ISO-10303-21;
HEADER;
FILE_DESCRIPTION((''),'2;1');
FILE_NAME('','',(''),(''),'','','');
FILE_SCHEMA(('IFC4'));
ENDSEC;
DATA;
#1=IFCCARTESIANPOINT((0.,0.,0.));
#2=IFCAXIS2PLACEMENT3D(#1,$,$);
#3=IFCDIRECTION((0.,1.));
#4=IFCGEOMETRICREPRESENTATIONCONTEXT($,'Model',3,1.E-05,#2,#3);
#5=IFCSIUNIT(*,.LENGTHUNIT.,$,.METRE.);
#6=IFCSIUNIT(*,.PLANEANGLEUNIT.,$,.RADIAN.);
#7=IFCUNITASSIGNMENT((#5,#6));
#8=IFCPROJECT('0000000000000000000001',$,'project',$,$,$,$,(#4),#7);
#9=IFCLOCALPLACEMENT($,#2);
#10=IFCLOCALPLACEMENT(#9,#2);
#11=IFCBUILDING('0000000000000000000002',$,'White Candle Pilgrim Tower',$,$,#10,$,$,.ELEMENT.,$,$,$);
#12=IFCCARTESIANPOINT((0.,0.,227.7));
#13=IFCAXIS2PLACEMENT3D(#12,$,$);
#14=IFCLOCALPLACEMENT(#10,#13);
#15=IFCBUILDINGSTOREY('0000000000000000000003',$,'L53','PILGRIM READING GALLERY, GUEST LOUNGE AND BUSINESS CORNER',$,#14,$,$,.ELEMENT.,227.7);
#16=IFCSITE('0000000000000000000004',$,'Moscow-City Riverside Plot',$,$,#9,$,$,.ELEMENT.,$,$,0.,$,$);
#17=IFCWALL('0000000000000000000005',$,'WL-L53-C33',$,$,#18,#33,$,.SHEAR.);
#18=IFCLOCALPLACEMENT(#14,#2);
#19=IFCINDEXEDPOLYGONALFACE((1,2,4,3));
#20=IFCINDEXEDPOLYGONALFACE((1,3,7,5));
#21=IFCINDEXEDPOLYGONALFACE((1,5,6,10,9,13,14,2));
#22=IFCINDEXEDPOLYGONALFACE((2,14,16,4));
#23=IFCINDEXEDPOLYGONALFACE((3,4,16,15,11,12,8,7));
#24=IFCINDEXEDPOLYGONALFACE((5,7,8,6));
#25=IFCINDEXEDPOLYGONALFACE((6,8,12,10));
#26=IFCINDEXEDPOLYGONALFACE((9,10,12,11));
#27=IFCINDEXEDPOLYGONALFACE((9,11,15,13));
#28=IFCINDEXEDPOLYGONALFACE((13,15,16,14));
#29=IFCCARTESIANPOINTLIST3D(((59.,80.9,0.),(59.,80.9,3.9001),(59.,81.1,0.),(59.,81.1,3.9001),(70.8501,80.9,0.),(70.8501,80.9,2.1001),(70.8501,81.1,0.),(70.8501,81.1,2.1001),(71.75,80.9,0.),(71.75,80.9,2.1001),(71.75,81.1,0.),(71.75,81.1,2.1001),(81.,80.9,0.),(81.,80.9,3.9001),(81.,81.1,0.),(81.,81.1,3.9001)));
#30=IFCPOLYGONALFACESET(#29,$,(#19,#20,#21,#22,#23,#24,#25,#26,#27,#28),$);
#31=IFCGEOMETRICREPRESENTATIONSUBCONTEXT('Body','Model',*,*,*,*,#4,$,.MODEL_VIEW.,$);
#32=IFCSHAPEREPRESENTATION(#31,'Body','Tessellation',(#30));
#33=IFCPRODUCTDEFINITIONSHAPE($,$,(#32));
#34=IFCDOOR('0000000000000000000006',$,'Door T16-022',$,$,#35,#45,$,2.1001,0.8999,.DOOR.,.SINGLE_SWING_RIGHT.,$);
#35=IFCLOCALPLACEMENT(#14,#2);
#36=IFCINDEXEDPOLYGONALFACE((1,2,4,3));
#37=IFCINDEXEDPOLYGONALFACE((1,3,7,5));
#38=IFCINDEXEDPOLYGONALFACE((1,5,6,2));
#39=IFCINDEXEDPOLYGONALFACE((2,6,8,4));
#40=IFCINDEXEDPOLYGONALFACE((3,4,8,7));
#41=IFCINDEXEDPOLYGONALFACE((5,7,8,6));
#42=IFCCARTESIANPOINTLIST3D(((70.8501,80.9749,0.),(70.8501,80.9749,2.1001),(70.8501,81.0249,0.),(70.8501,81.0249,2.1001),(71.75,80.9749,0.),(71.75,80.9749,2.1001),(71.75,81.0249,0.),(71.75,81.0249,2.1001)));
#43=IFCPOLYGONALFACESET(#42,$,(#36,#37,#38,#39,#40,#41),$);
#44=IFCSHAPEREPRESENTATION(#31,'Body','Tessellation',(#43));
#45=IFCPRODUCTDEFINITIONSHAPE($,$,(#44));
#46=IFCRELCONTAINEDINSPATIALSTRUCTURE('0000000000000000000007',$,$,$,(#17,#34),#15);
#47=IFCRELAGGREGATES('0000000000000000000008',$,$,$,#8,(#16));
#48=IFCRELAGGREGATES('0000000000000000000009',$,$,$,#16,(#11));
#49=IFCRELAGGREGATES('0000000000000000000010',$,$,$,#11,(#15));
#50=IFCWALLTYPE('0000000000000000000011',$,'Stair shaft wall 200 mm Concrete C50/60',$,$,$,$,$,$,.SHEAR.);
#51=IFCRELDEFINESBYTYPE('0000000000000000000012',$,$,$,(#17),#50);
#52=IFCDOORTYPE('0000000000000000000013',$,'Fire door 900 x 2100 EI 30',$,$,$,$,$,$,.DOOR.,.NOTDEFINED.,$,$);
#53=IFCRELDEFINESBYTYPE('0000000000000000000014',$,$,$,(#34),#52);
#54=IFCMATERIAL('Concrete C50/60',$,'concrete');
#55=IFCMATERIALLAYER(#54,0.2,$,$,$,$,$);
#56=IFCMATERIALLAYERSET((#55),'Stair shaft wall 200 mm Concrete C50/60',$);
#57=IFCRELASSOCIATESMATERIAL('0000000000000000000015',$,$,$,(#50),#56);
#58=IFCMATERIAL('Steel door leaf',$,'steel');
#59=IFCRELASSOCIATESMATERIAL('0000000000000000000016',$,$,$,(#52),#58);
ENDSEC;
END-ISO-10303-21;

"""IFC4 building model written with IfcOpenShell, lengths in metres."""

from ifc_helpers import new_model, si_unit, direction, frame, frame_2d, origin, place, context, subcontext, project, spatial, rectangle, extrude, material, layer, layer_set, type_object, element, fill, save


model = new_model("IFC4")

# Units and contexts
model_context = context("Model", 3, precision=1e-05, world=origin(), true_north=direction((0.0, 1.0)))
body_context = subcontext(model_context, "Body", "Model", "MODEL_VIEW")
ifc_project = project(units=[si_unit("LENGTHUNIT", "METRE"), si_unit("PLANEANGLEUNIT", "RADIAN")], contexts=[model_context])

# Site, building, storey
site_placement = place(None, origin())
site = spatial("IfcSite", under=ifc_project, at=site_placement, Name="Moscow-City Riverside Plot", CompositionType="ELEMENT", RefElevation=0.0)
building_placement = place(site_placement, origin())
building = spatial("IfcBuilding", under=site, at=building_placement, Name="White Candle Pilgrim Tower", CompositionType="ELEMENT")
storey_placement = place(building_placement, frame((0.0, 0.0, 227.7)))
storey = spatial("IfcBuildingStorey", under=building, at=storey_placement, Name="L53", Description="PILGRIM READING GALLERY, GUEST LOUNGE AND BUSINESS CORNER", CompositionType="ELEMENT", Elevation=227.7)

# Shared definitions
ifc_material_1 = material(Name="Concrete C50/60", Category="concrete")

# Wall, opening, door
ifc_layer_1 = layer(ifc_material_1, 0.2)
ifc_layer_set_1 = layer_set([ifc_layer_1], Name="Stair shaft wall 200 mm Concrete C50/60")
wall_type_1 = type_object("IfcWallType", Name="Stair shaft wall 200 mm Concrete C50/60", PredefinedType="SHEAR", material=ifc_layer_set_1)
wall_1_placement = place(storey_placement, frame((59.0, 81.0, 0.0), z_axis=(0.0, 0.0, 1.0), x_axis=(1.0, 0.0, 0.0)))
wall_1 = element("IfcWall", 1, at=wall_1_placement, inside=storey, type_object=wall_type_1, Name="WL-L53-C33", PredefinedType="SHEAR", context=body_context, shape_type="SweptSolid", body=[
    extrude(rectangle(XDim=22.0, YDim=0.2, at=frame_2d((11.0, 0.0))), origin(), (0.0, 0.0, 1.0), 3.9001),
])
opening_1_placement = place(wall_1_placement, frame((11.8501, 0.0, 0.0)))
opening_1 = element("IfcOpeningElement", 2, at=opening_1_placement, cuts=wall_1, PredefinedType="OPENING", context=body_context, shape_type="SweptSolid", body=[
    extrude(rectangle(XDim=0.8999, YDim=2.1001, at=frame_2d((0.45, 1.05))), frame((0.0, 0.1099, 0.0), z_axis=(0.0, -1.0, 0.0), x_axis=(1.0, 0.0, 0.0)), (0.0, 0.0, 1.0), 0.22),
])
ifc_material_2 = material(Name="Steel door leaf", Category="steel")
door_type_1 = type_object("IfcDoorType", Name="Fire door 900 x 2100 EI 30", OperationType="NOTDEFINED", PredefinedType="DOOR", material=ifc_material_2)
door_1_placement = place(opening_1_placement, origin())
door_1 = element("IfcDoor", 3, at=door_1_placement, inside=storey, type_object=door_type_1, Name="Door T16-022", OperationType="SINGLE_SWING_RIGHT", OverallHeight=2.1001, OverallWidth=0.8999, PredefinedType="DOOR", context=body_context, shape_type="SweptSolid", body=[
    extrude(rectangle(XDim=0.8999, YDim=2.1001, at=frame_2d((0.45, 1.05))), frame((0.0, 0.0249, 0.0), z_axis=(0.0, -1.0, 0.0), x_axis=(1.0, 0.0, 0.0)), (0.0, 0.0, 1.0), 0.05),
])
fill(opening_1, door_1)

save(model, "model.ifc")
